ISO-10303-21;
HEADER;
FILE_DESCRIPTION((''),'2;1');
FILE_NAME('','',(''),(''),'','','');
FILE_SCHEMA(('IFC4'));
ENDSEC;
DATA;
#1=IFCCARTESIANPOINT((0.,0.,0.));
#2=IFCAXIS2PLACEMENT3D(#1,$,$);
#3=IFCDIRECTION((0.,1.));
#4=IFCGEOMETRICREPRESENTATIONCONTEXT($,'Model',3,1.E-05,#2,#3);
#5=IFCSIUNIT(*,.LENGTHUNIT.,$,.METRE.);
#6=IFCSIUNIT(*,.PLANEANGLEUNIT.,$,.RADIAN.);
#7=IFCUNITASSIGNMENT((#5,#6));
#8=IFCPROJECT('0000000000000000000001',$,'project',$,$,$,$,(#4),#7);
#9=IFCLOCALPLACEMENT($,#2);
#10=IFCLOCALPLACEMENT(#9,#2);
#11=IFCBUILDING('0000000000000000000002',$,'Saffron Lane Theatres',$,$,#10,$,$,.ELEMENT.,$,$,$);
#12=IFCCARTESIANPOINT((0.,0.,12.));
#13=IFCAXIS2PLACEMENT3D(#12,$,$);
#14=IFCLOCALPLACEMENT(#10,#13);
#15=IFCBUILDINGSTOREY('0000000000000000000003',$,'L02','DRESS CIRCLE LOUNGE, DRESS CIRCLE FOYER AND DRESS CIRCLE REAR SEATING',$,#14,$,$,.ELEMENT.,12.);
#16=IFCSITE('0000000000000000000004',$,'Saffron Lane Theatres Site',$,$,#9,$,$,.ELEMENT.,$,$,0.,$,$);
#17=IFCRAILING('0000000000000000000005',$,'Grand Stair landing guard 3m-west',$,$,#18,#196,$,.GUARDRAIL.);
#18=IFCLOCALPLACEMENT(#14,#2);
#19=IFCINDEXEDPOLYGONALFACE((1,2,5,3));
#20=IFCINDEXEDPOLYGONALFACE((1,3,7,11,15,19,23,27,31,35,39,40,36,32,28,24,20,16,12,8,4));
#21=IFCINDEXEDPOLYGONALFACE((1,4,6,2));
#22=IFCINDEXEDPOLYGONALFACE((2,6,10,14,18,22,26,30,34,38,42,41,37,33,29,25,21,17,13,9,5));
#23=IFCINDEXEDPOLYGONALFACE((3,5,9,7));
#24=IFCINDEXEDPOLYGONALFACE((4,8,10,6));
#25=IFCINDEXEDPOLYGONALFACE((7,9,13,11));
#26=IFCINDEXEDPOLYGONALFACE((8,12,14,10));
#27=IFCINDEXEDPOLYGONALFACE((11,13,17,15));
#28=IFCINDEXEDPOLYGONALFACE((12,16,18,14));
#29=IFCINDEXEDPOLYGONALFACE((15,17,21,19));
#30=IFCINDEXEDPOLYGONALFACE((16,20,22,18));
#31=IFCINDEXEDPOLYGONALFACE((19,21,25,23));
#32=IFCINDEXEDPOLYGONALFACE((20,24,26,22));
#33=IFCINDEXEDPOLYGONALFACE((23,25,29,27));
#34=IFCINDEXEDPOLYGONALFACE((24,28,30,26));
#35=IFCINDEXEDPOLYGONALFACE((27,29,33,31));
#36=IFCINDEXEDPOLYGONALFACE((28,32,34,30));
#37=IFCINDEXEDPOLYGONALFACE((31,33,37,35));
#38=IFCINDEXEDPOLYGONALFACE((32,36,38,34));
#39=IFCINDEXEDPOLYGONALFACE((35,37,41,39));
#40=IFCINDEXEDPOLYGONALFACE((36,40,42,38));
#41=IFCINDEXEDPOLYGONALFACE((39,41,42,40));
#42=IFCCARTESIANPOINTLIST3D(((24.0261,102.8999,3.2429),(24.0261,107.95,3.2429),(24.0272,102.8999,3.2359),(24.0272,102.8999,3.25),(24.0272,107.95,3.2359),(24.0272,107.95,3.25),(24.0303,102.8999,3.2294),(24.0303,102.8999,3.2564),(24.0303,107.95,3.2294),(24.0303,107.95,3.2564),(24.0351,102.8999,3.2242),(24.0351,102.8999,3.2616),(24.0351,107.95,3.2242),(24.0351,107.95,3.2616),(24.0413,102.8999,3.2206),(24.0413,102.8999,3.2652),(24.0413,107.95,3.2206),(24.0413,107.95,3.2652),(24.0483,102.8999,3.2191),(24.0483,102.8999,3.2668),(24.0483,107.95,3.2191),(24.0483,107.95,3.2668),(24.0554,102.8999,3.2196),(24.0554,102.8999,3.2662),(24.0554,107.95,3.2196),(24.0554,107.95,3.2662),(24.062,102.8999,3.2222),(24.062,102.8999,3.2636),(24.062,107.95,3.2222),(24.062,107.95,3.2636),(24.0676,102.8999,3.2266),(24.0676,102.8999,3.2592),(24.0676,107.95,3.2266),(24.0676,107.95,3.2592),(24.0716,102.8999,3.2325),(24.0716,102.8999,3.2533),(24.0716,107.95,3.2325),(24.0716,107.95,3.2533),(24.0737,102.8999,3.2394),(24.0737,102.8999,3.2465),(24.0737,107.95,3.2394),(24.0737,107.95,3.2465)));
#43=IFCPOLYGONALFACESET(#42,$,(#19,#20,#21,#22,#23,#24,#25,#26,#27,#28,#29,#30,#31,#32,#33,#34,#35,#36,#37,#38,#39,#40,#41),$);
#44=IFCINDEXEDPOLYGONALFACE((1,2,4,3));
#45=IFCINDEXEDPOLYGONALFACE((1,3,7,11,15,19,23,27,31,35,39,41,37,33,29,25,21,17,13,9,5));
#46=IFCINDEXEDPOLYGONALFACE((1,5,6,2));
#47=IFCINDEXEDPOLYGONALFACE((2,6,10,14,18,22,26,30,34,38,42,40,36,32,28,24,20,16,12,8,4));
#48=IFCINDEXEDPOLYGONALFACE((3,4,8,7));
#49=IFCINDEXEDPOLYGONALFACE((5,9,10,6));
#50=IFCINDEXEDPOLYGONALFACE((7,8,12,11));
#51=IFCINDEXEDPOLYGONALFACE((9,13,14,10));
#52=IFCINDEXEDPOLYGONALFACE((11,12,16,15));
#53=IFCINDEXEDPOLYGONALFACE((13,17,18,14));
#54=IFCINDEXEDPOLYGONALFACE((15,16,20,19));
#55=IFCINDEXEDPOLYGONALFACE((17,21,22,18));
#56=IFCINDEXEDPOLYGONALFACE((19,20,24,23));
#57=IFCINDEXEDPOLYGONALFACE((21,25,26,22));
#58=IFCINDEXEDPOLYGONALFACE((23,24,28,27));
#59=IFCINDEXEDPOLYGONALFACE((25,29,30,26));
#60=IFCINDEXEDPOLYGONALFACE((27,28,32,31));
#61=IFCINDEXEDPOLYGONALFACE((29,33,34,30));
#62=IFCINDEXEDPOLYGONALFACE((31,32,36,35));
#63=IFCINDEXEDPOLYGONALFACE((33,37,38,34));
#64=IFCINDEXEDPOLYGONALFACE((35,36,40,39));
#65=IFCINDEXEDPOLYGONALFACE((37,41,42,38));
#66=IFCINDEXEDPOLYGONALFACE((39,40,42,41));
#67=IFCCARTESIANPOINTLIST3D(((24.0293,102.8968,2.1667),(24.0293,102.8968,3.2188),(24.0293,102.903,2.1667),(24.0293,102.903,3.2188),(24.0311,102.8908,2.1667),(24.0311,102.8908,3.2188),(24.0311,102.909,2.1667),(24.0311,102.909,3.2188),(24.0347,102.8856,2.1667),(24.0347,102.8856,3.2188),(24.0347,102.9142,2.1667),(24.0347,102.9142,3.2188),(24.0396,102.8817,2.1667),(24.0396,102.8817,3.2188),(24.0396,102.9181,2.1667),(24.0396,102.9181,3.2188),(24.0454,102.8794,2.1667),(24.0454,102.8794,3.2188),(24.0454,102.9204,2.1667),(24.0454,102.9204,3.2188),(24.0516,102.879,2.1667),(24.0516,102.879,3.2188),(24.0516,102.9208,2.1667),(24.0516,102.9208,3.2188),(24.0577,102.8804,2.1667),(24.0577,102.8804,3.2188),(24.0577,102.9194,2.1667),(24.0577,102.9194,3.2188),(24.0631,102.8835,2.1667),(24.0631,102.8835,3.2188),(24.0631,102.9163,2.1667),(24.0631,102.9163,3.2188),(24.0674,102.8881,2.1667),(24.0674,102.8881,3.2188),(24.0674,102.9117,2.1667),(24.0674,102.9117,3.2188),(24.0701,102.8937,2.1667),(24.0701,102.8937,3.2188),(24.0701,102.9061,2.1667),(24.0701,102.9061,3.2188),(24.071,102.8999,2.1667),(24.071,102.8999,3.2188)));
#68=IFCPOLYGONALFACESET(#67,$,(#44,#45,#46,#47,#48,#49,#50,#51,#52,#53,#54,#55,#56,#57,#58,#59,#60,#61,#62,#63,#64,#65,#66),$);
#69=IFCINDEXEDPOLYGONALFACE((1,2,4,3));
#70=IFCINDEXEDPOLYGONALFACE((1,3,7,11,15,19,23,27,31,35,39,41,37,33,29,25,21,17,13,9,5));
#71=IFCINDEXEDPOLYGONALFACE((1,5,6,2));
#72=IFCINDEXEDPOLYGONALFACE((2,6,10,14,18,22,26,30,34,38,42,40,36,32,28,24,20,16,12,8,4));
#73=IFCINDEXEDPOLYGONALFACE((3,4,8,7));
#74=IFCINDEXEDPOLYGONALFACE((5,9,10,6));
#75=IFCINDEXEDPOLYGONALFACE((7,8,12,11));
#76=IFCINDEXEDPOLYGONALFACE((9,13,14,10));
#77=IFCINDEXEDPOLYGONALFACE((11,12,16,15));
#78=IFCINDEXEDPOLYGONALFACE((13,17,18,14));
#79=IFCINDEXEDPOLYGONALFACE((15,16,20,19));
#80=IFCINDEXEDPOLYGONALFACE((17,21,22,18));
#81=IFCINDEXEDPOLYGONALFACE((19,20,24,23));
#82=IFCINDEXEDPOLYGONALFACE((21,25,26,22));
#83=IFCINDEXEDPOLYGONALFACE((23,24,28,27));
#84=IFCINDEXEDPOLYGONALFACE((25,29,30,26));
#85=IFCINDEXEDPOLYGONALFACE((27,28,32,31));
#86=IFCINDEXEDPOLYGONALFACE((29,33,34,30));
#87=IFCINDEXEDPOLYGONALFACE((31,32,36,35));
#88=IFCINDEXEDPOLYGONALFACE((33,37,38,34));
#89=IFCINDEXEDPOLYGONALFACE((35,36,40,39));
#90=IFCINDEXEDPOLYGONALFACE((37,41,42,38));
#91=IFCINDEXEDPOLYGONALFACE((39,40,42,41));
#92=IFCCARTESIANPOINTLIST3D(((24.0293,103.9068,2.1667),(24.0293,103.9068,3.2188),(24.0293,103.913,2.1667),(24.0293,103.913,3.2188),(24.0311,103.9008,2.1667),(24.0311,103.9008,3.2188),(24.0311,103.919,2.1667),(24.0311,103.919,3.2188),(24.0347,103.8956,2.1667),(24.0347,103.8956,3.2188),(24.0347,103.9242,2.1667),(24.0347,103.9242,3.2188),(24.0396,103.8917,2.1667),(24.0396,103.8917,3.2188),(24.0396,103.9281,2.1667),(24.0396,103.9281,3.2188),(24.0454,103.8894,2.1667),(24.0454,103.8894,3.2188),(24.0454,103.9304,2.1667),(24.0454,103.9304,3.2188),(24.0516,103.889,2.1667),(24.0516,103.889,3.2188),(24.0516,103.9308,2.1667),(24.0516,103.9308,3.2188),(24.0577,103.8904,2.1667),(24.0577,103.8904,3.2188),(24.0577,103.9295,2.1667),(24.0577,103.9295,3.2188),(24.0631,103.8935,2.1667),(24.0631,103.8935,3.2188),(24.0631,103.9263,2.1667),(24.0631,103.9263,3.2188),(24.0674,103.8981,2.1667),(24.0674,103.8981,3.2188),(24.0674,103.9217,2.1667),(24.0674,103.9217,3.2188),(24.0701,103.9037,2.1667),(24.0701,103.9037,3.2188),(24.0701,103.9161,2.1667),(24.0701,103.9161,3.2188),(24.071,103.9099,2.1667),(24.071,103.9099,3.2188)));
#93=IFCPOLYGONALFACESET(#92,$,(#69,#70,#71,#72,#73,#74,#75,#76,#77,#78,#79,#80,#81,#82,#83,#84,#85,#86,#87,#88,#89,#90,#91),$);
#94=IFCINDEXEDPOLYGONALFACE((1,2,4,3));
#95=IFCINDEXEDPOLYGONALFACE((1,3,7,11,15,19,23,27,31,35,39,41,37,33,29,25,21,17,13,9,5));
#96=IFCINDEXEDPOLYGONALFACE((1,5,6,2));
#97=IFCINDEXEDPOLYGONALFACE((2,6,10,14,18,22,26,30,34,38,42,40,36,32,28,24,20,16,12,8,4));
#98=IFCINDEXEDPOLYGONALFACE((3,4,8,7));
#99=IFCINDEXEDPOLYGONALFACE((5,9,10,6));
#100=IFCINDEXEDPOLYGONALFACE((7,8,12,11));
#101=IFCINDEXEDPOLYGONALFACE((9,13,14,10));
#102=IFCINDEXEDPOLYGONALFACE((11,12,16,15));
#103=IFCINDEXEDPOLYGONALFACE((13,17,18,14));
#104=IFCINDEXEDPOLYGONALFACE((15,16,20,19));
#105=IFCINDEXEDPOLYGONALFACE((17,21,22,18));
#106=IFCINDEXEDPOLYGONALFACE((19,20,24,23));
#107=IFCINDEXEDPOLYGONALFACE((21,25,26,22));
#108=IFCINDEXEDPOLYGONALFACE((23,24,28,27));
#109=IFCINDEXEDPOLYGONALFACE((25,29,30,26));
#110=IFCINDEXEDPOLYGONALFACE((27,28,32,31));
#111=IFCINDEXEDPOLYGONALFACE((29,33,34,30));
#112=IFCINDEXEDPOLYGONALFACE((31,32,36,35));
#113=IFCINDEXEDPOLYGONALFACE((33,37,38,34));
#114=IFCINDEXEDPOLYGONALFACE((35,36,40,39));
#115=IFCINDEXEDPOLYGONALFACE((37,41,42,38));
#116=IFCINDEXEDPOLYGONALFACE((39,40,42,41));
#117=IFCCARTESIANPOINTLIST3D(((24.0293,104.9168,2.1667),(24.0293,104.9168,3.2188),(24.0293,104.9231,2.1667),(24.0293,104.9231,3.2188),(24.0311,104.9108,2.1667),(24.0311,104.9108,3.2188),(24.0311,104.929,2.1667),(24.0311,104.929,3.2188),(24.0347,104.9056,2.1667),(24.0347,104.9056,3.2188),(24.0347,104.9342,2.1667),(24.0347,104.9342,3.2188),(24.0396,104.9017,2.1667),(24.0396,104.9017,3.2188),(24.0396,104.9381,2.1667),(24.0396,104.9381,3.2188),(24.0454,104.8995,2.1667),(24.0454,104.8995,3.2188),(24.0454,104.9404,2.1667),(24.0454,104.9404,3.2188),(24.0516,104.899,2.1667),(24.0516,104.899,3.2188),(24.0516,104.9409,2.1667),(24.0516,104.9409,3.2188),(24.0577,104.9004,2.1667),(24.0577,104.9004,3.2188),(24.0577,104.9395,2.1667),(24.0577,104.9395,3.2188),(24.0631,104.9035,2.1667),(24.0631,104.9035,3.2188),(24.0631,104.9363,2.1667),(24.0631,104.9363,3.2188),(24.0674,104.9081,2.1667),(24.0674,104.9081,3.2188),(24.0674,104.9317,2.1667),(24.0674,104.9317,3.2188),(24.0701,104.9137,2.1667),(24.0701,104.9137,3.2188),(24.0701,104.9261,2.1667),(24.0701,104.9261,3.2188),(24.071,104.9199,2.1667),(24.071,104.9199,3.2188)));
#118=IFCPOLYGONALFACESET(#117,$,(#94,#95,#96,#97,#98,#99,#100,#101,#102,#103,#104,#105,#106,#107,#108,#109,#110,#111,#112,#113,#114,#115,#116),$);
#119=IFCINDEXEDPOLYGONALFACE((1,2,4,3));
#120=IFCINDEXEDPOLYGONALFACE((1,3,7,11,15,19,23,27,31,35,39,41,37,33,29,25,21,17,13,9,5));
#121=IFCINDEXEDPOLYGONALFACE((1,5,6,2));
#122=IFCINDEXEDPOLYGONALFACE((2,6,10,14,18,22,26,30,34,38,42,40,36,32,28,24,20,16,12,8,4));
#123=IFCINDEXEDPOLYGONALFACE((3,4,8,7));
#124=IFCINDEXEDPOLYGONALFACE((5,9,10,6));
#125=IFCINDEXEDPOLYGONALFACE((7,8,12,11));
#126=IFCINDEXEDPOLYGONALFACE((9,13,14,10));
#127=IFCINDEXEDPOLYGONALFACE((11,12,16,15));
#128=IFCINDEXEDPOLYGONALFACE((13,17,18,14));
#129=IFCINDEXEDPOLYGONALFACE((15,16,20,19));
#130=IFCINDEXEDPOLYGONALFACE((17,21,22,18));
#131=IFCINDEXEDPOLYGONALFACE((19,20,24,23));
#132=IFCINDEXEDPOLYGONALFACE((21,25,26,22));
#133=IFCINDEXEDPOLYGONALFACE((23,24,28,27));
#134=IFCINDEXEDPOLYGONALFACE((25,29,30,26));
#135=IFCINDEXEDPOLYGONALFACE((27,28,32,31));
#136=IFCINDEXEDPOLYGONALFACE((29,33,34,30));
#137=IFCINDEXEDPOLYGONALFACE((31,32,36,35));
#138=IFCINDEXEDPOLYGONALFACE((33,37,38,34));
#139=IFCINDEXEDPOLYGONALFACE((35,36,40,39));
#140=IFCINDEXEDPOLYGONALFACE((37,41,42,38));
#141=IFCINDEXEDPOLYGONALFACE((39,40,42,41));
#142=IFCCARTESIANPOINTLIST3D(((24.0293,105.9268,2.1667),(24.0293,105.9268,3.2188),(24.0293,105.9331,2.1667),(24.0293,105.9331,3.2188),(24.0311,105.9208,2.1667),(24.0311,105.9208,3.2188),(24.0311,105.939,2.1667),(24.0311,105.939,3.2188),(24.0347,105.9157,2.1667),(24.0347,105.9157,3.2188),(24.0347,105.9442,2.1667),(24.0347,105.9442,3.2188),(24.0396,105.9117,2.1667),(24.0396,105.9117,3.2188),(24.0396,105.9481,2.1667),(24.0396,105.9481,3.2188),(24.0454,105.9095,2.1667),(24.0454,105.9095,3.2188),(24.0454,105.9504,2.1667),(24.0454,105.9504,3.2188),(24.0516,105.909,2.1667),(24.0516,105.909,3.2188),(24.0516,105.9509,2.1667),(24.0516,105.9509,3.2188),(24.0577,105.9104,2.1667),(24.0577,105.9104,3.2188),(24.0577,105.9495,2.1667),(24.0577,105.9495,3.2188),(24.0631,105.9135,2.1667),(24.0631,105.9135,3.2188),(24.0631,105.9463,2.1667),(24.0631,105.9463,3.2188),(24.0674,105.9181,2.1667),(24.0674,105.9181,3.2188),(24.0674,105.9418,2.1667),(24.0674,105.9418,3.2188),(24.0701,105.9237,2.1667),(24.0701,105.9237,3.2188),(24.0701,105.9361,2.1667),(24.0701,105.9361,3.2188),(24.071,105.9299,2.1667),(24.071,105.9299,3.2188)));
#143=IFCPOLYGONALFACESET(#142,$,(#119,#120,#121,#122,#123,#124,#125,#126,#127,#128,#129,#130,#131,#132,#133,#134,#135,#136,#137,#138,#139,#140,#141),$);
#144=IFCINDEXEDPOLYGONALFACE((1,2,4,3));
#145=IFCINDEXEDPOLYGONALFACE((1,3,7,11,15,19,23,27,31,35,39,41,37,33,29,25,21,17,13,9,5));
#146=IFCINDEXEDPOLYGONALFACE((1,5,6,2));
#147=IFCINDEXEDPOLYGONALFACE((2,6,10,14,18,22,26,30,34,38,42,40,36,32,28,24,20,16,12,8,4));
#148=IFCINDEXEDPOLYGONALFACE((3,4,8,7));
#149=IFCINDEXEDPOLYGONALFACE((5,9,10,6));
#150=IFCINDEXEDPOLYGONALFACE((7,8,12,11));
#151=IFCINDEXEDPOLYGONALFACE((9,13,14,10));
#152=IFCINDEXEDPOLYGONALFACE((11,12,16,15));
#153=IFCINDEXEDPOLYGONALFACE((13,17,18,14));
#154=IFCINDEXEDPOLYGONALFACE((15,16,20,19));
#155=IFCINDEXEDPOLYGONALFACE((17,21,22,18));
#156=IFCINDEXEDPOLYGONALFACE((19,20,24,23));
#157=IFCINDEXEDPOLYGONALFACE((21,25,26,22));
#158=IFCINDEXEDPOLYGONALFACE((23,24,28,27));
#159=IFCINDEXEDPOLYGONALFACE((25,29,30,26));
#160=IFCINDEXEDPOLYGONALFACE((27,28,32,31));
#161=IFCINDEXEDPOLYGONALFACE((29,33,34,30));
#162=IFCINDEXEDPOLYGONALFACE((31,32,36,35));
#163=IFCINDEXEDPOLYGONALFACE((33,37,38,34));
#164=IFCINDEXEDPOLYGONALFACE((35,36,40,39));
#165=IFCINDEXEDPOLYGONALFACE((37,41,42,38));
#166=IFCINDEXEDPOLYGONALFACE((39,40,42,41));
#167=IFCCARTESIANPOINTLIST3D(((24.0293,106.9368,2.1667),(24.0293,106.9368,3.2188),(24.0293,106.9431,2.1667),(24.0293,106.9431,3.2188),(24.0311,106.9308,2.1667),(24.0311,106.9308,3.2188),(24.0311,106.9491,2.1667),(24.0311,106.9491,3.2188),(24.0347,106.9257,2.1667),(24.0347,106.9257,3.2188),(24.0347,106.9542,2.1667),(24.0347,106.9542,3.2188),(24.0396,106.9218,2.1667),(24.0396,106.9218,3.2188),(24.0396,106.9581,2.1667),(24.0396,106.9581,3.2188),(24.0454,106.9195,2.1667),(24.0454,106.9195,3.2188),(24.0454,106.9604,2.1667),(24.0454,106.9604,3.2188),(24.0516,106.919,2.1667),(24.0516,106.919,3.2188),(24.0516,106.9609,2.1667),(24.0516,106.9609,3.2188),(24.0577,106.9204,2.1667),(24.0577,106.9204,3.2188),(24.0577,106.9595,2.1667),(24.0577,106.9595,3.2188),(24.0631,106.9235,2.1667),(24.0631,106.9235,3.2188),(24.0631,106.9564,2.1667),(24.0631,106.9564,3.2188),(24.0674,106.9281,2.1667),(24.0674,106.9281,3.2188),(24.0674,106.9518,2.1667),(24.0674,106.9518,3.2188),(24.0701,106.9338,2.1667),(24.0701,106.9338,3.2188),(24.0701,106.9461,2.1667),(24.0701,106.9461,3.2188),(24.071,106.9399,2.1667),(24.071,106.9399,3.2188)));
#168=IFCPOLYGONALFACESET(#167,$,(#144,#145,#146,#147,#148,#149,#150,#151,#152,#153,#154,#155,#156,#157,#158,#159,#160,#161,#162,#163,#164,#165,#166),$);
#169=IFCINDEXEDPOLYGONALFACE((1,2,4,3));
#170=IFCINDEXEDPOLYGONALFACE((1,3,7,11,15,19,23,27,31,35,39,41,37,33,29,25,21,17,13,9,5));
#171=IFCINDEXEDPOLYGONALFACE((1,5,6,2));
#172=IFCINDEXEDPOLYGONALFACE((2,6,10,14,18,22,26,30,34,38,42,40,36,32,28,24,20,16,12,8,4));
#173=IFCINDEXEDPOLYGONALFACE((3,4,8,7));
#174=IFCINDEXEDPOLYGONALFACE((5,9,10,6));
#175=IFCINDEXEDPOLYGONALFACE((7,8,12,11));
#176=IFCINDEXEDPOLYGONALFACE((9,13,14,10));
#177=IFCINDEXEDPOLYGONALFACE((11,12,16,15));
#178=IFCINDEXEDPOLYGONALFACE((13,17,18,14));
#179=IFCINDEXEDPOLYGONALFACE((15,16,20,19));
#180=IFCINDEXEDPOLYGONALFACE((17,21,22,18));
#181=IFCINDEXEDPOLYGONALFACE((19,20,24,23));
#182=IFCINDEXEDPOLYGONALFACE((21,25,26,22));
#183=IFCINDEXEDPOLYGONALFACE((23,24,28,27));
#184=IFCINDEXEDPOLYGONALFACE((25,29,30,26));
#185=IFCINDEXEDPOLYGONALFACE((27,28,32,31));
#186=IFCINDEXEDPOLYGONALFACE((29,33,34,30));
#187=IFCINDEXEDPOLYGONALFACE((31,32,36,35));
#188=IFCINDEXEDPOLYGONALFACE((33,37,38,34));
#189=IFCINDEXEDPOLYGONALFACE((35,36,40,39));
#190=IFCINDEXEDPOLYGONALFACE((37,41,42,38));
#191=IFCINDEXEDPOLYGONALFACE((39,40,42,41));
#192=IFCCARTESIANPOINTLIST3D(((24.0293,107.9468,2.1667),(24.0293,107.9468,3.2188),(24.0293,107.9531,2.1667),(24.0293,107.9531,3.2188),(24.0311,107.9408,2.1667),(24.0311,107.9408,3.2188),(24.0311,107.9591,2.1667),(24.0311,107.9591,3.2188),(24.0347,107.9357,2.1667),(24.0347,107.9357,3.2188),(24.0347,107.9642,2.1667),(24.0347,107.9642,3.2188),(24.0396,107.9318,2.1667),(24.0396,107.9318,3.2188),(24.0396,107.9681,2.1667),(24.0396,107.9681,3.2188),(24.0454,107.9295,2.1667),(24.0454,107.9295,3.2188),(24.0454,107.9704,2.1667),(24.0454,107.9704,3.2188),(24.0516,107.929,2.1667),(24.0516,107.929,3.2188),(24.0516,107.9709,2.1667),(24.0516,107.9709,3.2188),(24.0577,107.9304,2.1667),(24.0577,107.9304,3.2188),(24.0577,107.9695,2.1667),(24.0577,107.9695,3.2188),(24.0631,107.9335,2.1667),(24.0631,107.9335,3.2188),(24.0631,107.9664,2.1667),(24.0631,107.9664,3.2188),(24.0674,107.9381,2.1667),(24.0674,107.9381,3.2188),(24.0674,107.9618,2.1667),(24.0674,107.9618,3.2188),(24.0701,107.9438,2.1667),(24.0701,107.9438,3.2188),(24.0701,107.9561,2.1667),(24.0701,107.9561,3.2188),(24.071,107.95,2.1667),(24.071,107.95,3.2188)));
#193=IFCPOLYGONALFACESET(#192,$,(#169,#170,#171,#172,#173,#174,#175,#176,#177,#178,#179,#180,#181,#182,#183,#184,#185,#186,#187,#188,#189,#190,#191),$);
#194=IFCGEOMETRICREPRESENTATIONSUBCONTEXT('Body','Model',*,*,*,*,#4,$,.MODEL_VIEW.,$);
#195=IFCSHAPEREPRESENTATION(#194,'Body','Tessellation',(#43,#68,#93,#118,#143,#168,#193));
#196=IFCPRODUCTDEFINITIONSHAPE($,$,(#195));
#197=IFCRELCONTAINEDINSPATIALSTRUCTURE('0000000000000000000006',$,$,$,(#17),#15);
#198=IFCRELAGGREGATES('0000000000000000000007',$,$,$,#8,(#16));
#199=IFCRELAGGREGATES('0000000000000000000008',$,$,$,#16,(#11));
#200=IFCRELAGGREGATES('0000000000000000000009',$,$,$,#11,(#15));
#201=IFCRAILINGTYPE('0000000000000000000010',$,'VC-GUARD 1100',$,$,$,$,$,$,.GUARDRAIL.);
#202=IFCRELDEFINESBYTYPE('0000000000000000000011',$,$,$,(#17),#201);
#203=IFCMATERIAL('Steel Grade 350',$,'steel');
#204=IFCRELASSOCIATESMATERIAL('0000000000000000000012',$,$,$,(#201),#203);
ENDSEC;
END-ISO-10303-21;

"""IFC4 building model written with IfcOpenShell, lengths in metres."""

from ifc_helpers import new_model, si_unit, direction, frame, origin, origin_2d, place, context, subcontext, project, spatial, circle, extrude, material, type_object, element, save


model = new_model("IFC4")

# Units and contexts
model_context = context("Model", 3, precision=1e-05, world=origin(), true_north=direction((0.0, 1.0)))
body_context = subcontext(model_context, "Body", "Model", "MODEL_VIEW")
ifc_project = project(units=[si_unit("LENGTHUNIT", "METRE"), si_unit("PLANEANGLEUNIT", "RADIAN")], contexts=[model_context])

# Site, building, storey
site_placement = place(None, origin())
site = spatial("IfcSite", under=ifc_project, at=site_placement, Name="Saffron Lane Theatres Site", CompositionType="ELEMENT", RefElevation=0.0)
building_placement = place(site_placement, origin())
building = spatial("IfcBuilding", under=site, at=building_placement, Name="Saffron Lane Theatres", CompositionType="ELEMENT")
storey_placement = place(building_placement, frame((0.0, 0.0, 12.0)))
storey = spatial("IfcBuildingStorey", under=building, at=storey_placement, Name="L02", Description="DRESS CIRCLE LOUNGE, DRESS CIRCLE FOYER AND DRESS CIRCLE REAR SEATING", CompositionType="ELEMENT", Elevation=12.0)

# Railing
ifc_material_1 = material(Name="Steel Grade 350", Category="steel")
railing_type_1 = type_object("IfcRailingType", Name="VC-GUARD 1100", PredefinedType="GUARDRAIL", material=ifc_material_1)
railing_1_placement = place(storey_placement, frame((24.05, 102.8999, 2.1667)))
element("IfcRailing", 1, at=railing_1_placement, inside=storey, type_object=railing_type_1, Name="Grand Stair landing guard 3m-west", PredefinedType="GUARDRAIL", context=body_context, shape_type="SweptSolid", body=[
    extrude(circle(Radius=0.0239, at=origin_2d()), frame((0.0, 0.0, 1.0762), z_axis=(0.0, 1.0, 0.0), x_axis=(-1.0, 0.0, 0.0)), (0.0, 0.0, 1.0), 5.05),
    extrude(circle(Radius=0.021, at=origin_2d()), origin(), (0.0, 0.0, 1.0), 1.052),
    extrude(circle(Radius=0.021, at=origin_2d()), frame((0.0, 1.01, 0.0)), (0.0, 0.0, 1.0), 1.052),
    extrude(circle(Radius=0.021, at=origin_2d()), frame((0.0, 2.02, 0.0)), (0.0, 0.0, 1.0), 1.052),
    extrude(circle(Radius=0.021, at=origin_2d()), frame((0.0, 3.03, 0.0)), (0.0, 0.0, 1.0), 1.052),
    extrude(circle(Radius=0.021, at=origin_2d()), frame((0.0, 4.04, 0.0)), (0.0, 0.0, 1.0), 1.052),
    extrude(circle(Radius=0.021, at=origin_2d()), frame((0.0, 5.05, 0.0)), (0.0, 0.0, 1.0), 1.052),
])

save(model, "model.ifc")
